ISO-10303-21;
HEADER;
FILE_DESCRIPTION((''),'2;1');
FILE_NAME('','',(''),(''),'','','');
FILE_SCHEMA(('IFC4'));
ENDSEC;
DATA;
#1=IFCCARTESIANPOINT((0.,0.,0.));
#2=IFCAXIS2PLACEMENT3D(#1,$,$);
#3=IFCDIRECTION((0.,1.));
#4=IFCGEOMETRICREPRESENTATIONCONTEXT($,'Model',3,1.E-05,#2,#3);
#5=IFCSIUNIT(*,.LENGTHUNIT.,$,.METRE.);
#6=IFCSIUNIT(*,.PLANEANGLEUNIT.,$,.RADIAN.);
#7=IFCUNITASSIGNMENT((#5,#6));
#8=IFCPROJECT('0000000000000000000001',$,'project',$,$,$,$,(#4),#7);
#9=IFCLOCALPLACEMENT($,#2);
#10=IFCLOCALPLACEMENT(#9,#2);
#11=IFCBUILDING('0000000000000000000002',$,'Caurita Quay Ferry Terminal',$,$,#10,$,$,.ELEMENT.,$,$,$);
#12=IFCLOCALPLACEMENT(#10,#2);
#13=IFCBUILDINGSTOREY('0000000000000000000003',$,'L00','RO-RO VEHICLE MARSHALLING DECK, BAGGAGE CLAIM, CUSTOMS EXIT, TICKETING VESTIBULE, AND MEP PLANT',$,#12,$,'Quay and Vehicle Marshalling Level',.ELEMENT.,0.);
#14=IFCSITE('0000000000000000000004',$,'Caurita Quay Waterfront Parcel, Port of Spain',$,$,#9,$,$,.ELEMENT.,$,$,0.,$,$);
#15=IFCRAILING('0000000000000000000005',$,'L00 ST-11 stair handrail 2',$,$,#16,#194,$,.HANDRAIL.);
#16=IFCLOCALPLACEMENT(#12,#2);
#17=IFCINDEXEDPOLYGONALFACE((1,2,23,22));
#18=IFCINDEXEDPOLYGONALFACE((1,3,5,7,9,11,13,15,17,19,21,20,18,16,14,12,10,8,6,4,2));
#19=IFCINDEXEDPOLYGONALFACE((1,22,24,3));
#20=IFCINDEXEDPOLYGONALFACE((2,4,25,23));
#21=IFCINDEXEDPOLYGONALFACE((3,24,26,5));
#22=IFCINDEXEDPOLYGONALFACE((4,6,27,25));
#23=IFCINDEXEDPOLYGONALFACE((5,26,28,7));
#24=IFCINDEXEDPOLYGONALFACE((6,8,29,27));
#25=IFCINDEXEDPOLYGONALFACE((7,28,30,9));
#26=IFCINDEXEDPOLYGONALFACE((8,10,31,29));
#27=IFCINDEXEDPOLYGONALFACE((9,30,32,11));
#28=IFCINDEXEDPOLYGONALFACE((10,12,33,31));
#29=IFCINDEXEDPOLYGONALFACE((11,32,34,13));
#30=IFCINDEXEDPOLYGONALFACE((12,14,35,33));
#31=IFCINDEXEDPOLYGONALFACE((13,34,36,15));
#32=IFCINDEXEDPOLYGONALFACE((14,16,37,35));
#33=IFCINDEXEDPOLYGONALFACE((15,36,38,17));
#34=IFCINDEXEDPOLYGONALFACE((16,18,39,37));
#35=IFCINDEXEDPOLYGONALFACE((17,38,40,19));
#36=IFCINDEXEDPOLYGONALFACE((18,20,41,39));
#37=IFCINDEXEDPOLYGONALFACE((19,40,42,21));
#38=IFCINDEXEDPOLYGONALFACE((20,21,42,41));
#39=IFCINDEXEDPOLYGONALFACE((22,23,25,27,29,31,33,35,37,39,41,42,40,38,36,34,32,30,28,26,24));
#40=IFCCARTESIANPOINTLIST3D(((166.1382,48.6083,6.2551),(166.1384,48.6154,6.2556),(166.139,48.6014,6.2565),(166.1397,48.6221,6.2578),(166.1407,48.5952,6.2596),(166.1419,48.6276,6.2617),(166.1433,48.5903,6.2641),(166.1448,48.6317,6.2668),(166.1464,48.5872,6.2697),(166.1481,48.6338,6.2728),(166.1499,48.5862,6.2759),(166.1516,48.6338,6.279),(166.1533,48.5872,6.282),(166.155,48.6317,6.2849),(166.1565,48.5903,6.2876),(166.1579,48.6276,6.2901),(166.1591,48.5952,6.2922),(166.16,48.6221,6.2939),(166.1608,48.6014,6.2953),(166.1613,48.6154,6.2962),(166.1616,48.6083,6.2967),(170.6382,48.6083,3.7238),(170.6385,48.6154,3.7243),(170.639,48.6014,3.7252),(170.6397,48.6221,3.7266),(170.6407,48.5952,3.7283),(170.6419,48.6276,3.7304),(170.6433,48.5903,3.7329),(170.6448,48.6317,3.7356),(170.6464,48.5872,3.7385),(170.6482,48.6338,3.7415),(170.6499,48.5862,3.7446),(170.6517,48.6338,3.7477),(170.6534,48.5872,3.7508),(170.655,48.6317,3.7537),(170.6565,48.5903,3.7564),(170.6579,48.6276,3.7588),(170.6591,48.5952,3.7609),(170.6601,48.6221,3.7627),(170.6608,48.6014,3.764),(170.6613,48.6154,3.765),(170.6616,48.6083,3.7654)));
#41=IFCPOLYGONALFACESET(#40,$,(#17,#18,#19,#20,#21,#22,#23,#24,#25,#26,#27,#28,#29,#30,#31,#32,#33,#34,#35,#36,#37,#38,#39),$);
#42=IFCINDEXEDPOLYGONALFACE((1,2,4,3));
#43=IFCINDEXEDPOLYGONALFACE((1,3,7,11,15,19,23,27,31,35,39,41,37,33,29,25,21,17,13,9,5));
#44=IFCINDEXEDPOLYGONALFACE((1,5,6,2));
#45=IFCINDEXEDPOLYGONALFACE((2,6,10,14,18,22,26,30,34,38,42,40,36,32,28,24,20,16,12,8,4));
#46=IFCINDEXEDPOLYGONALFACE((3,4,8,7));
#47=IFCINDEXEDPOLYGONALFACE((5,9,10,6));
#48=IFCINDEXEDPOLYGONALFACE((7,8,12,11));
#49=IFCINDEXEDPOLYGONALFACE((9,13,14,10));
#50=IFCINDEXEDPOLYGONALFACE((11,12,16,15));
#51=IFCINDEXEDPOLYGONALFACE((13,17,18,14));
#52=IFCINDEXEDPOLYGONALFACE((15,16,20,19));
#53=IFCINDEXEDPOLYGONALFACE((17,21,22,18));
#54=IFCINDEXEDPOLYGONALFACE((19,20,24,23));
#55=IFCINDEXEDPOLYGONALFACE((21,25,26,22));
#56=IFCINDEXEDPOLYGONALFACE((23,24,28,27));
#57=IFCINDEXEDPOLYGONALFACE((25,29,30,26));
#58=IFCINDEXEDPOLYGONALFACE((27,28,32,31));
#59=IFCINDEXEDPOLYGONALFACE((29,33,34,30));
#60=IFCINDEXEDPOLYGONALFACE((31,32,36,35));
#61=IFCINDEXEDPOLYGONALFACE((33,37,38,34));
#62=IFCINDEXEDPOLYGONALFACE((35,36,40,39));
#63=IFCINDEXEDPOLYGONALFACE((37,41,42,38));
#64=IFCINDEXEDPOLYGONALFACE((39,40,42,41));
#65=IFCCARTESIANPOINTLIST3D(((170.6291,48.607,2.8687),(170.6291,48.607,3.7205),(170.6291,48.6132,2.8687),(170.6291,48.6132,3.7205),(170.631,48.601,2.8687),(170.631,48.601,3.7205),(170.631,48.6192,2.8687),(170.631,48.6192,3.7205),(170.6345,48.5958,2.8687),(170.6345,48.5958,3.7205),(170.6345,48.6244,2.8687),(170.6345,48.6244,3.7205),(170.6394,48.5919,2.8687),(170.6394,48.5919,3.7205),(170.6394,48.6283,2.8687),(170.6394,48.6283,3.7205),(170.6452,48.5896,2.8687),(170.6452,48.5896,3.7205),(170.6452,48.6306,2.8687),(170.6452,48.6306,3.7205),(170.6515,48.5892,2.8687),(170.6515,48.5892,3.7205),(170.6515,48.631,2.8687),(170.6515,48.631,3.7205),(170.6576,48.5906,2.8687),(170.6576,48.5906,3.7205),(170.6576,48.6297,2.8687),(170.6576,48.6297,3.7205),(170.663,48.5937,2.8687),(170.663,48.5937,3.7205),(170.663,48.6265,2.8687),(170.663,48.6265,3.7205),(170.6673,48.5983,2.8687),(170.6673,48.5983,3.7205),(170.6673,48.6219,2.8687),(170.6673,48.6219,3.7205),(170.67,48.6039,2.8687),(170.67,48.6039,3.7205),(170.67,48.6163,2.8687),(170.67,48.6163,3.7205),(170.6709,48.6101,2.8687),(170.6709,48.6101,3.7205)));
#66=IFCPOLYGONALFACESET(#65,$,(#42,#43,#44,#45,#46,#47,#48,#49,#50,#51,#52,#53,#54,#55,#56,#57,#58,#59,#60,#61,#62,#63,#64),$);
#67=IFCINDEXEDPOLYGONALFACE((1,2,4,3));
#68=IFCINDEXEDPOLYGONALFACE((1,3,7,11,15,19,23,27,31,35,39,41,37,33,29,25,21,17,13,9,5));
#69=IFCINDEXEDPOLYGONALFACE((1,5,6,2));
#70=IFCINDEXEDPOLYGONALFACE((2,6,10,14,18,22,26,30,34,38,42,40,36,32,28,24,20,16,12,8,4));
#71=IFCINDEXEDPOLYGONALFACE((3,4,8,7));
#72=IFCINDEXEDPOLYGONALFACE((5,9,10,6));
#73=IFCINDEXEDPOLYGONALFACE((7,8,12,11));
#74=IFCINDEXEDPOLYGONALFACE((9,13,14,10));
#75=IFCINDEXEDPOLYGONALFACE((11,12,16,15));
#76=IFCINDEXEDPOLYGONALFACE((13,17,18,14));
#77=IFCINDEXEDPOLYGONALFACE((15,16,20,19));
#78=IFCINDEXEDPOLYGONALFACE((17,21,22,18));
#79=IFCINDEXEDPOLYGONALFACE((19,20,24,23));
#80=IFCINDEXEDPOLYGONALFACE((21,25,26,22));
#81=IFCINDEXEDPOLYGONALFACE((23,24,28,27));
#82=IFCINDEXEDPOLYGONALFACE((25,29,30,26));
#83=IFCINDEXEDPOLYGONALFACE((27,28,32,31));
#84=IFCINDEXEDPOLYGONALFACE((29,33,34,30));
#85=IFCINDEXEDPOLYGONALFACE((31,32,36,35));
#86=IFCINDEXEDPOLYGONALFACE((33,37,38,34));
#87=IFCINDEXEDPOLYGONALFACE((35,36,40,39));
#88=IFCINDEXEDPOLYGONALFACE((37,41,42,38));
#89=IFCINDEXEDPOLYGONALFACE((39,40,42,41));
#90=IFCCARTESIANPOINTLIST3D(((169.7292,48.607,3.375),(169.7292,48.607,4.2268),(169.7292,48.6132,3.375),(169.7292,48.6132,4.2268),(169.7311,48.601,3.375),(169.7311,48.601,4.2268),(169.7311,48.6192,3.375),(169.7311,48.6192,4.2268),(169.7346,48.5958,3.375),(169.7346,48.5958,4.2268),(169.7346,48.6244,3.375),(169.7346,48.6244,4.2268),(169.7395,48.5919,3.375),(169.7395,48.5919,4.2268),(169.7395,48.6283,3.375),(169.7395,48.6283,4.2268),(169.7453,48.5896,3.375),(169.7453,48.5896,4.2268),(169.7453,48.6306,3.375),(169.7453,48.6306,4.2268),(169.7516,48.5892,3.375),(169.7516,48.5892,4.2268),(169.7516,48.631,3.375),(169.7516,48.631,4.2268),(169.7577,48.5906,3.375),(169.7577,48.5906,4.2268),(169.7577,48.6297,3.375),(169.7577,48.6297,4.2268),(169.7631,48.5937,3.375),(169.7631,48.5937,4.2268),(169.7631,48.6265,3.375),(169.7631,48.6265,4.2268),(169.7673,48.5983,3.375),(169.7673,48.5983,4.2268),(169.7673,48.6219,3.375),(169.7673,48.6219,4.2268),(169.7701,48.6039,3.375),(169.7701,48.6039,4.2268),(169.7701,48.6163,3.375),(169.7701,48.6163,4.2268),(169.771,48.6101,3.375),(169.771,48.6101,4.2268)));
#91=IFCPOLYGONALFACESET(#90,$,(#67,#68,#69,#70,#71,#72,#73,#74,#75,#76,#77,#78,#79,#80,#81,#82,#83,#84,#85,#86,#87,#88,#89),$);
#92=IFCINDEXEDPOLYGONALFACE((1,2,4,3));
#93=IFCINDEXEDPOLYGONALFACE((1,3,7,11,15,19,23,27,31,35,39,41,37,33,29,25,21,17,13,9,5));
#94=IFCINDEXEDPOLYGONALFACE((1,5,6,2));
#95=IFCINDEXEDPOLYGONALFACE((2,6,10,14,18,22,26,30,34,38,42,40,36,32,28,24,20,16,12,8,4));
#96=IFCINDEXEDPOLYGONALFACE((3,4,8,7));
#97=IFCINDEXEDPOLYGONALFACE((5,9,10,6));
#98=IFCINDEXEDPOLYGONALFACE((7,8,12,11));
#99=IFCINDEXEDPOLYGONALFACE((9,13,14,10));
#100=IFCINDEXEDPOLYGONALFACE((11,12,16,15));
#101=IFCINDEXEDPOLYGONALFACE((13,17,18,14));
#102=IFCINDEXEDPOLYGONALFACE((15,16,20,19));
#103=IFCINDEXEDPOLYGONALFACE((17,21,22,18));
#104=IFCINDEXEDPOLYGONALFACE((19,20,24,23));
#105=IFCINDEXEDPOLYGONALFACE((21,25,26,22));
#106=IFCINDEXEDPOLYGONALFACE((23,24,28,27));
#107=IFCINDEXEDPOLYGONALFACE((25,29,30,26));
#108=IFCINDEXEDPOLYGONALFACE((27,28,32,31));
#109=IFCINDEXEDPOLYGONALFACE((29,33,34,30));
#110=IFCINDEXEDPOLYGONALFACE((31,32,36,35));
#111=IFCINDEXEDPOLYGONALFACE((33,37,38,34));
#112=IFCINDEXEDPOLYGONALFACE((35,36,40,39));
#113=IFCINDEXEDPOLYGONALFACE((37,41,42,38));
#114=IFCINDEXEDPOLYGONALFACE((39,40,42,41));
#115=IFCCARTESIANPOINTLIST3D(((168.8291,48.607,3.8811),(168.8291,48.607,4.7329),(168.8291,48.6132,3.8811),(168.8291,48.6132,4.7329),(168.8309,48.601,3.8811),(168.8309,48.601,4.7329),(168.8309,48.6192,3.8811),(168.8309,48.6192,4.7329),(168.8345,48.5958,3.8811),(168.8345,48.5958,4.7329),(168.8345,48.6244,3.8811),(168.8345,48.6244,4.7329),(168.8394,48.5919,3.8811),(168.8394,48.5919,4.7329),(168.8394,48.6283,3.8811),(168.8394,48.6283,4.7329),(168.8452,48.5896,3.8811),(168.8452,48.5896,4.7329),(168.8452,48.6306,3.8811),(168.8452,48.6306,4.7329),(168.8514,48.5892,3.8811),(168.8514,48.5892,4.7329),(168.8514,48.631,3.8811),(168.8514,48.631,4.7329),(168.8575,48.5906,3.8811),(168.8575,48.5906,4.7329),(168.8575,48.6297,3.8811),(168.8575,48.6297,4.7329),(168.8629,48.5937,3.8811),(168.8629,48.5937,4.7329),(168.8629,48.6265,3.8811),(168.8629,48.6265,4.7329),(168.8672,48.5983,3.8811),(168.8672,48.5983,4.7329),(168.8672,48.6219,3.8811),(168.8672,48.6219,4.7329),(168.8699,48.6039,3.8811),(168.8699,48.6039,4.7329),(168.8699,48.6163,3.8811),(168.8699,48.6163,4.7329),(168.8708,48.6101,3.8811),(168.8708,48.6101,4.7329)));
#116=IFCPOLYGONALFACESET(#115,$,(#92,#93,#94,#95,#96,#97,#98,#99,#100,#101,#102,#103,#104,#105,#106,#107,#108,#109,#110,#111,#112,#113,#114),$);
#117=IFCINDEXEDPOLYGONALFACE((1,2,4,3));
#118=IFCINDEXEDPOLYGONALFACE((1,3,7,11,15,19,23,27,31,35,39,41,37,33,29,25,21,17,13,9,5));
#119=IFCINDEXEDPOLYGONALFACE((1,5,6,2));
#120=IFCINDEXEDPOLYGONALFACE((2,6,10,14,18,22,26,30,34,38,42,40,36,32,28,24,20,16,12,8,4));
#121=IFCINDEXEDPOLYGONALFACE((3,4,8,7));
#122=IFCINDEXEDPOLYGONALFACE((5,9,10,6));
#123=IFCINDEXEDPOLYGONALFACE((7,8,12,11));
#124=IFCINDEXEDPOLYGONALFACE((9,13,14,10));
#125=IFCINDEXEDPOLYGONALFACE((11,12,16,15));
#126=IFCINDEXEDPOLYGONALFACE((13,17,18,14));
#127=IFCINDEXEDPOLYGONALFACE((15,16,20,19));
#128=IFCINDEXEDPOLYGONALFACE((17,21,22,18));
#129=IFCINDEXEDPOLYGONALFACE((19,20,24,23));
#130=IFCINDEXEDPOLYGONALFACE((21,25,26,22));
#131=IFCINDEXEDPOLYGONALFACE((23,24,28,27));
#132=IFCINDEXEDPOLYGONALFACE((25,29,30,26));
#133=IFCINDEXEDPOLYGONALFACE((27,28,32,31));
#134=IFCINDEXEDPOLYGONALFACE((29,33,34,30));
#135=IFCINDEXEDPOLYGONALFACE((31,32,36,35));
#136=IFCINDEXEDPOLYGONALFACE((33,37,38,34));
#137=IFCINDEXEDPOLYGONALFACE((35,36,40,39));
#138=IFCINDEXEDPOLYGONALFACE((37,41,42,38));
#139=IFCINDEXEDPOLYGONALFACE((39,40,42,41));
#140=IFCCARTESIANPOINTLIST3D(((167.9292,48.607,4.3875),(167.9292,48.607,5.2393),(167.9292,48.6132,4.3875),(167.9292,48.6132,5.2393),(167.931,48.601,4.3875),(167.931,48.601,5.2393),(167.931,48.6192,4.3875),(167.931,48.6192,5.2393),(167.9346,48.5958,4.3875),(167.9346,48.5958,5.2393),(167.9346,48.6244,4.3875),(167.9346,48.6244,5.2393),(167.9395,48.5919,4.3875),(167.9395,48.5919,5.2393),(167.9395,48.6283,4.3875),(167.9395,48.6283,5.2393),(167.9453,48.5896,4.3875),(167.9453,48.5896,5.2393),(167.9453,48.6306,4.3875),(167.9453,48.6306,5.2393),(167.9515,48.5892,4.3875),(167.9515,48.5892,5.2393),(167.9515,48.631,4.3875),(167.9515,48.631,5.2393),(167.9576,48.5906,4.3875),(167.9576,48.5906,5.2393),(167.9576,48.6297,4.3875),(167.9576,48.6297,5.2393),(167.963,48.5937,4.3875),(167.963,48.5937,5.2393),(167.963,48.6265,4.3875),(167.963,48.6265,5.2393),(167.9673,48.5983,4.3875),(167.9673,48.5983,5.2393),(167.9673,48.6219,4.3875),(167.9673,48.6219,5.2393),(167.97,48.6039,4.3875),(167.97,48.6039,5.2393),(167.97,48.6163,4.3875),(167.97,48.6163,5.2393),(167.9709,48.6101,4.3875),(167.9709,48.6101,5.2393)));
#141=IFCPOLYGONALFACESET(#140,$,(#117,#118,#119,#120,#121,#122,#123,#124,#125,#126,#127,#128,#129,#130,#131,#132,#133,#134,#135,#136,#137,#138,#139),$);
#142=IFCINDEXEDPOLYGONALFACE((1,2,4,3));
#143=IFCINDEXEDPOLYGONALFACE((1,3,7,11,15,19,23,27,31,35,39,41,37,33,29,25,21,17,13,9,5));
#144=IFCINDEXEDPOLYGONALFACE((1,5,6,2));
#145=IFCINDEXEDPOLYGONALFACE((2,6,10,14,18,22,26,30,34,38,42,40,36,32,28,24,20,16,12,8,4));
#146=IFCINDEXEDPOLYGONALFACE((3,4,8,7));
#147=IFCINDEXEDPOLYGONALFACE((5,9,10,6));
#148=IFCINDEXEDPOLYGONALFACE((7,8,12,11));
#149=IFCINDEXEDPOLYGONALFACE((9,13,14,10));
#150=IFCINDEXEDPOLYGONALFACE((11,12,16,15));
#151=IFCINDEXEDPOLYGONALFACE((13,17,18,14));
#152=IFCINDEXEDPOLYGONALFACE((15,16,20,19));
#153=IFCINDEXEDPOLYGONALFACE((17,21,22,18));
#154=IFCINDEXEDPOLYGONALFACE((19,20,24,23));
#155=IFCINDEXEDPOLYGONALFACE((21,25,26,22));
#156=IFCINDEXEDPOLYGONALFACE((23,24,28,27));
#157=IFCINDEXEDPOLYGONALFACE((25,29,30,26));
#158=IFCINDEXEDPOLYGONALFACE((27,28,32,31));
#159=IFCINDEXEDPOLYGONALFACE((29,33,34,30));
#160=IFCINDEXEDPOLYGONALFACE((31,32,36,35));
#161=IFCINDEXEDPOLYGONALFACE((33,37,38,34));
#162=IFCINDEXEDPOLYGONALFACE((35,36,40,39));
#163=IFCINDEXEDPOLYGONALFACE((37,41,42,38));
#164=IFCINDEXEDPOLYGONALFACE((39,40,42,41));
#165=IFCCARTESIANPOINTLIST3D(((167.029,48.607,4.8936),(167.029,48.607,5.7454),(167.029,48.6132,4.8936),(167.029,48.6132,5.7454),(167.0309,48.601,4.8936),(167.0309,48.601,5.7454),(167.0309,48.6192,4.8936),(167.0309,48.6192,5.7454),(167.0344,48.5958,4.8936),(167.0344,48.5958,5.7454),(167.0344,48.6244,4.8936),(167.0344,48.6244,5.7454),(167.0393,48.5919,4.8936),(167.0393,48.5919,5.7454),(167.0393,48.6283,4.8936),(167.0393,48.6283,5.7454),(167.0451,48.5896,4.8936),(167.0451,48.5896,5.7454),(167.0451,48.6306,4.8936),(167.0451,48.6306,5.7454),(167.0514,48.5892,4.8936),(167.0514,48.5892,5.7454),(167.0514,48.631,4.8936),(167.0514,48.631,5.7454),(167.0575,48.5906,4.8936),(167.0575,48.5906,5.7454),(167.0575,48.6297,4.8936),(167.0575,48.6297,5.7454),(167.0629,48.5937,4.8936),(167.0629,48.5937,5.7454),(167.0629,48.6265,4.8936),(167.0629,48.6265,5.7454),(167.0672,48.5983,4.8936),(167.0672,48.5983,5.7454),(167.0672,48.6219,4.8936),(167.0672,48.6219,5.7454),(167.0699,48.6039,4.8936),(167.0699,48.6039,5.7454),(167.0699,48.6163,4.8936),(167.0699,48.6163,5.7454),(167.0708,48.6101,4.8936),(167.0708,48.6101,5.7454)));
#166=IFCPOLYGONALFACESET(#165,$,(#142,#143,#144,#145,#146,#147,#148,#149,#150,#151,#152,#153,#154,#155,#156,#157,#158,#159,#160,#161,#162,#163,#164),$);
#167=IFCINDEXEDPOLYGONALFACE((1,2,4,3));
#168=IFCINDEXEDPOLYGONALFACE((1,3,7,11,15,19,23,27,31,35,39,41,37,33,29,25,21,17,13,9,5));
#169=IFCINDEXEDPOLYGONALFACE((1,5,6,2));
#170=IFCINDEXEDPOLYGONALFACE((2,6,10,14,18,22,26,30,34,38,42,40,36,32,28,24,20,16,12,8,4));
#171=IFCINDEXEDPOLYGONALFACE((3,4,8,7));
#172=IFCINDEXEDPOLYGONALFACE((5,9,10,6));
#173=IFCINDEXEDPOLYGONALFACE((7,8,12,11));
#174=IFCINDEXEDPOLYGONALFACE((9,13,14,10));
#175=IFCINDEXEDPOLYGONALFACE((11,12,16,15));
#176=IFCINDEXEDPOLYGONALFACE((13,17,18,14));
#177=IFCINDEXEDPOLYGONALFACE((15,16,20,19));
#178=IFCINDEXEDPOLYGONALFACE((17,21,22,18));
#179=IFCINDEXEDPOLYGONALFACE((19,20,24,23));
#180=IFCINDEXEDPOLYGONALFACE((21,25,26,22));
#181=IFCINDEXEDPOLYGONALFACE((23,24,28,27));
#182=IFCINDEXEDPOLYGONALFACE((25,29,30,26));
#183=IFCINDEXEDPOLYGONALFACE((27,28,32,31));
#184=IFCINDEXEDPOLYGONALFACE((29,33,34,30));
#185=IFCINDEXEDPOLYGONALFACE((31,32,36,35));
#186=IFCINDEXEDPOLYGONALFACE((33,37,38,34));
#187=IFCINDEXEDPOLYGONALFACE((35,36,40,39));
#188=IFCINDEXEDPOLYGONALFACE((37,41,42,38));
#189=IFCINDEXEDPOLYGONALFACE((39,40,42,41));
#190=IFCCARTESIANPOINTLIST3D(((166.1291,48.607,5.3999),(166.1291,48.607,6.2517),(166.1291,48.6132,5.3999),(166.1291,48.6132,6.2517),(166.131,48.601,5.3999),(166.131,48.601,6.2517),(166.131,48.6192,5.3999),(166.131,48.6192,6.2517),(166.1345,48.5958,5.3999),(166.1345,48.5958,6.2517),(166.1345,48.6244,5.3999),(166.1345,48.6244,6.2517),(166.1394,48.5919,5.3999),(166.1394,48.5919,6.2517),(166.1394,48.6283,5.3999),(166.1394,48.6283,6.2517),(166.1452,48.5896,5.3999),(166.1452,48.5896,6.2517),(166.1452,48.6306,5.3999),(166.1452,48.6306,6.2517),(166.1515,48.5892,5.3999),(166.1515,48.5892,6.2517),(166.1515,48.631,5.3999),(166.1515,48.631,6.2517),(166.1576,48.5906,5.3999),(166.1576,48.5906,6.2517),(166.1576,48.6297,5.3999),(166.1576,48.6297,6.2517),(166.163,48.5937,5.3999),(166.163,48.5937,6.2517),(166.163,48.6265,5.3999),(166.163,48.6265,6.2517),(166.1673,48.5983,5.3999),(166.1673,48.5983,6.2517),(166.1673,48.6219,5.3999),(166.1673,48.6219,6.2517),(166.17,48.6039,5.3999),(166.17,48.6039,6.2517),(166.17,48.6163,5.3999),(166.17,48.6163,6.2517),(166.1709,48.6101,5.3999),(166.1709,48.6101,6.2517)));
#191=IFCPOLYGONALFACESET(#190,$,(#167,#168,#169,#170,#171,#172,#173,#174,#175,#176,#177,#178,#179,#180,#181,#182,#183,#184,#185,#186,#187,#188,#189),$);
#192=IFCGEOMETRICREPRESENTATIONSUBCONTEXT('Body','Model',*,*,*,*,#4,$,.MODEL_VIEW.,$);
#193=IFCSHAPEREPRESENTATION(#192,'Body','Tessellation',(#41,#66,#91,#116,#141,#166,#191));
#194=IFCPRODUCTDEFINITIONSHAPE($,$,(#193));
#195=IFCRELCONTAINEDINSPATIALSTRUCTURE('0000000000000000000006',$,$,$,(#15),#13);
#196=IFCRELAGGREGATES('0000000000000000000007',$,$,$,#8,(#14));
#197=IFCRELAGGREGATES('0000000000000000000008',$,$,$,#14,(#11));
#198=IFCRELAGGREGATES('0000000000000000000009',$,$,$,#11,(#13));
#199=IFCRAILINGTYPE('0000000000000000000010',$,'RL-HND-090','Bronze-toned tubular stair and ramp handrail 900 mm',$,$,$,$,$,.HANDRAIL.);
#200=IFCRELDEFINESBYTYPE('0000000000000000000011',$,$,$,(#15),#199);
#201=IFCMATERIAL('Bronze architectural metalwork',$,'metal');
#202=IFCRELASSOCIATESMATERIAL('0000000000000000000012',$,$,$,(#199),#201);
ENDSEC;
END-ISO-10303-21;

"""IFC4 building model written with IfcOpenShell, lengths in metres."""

from ifc_helpers import new_model, si_unit, direction, frame, origin, origin_2d, place, context, subcontext, project, spatial, circle, extrude, material, type_object, element, save


model = new_model("IFC4")

# Units and contexts
model_context = context("Model", 3, precision=1e-05, world=origin(), true_north=direction((0.0, 1.0)))
body_context = subcontext(model_context, "Body", "Model", "MODEL_VIEW")
ifc_project = project(units=[si_unit("LENGTHUNIT", "METRE"), si_unit("PLANEANGLEUNIT", "RADIAN")], contexts=[model_context])

# Site, building, storey
site_placement = place(None, origin())
site = spatial("IfcSite", under=ifc_project, at=site_placement, Name="Caurita Quay Waterfront Parcel, Port of Spain", CompositionType="ELEMENT", RefElevation=0.0)
building_placement = place(site_placement, origin())
building = spatial("IfcBuilding", under=site, at=building_placement, Name="Caurita Quay Ferry Terminal", CompositionType="ELEMENT")
storey_placement = place(building_placement, origin())
storey = spatial("IfcBuildingStorey", under=building, at=storey_placement, Name="L00", Description="RO-RO VEHICLE MARSHALLING DECK, BAGGAGE CLAIM, CUSTOMS EXIT, TICKETING VESTIBULE, AND MEP PLANT", LongName="Quay and Vehicle Marshalling Level", CompositionType="ELEMENT", Elevation=0.0)

# Railing
ifc_material_1 = material(Name="Bronze architectural metalwork", Category="metal")
railing_type_1 = type_object("IfcRailingType", Name="RL-HND-090", Description="Bronze-toned tubular stair and ramp handrail 900 mm", PredefinedType="HANDRAIL", material=ifc_material_1)
railing_1_placement = place(storey_placement, frame((170.6499, 48.6101, 2.8687)))
element("IfcRailing", 1, at=railing_1_placement, inside=storey, type_object=railing_type_1, Name="L00 ST-11 stair handrail 2", PredefinedType="HANDRAIL", context=body_context, shape_type="SweptSolid", body=[
    extrude(circle(Radius=0.0239, at=origin_2d()), frame((0.0, 0.0, 0.876), z_axis=(-0.871576, 0.0, 0.490261), x_axis=(0.0, -1.0, 0.0)), (0.0, 0.0, 1.0), 5.1631),
    extrude(circle(Radius=0.021, at=origin_2d()), origin(), (0.0, 0.0, 1.0), 0.8518),
    extrude(circle(Radius=0.021, at=origin_2d()), frame((-0.8999, 0.0, 0.5063)), (0.0, 0.0, 1.0), 0.8518),
    extrude(circle(Radius=0.021, at=origin_2d()), frame((-1.8, 0.0, 1.0125)), (0.0, 0.0, 1.0), 0.8518),
    extrude(circle(Radius=0.021, at=origin_2d()), frame((-2.7, 0.0, 1.5188)), (0.0, 0.0, 1.0), 0.8518),
    extrude(circle(Radius=0.021, at=origin_2d()), frame((-3.6001, 0.0, 2.0249)), (0.0, 0.0, 1.0), 0.8518),
    extrude(circle(Radius=0.021, at=origin_2d()), frame((-4.5, 0.0, 2.5312)), (0.0, 0.0, 1.0), 0.8518),
])

save(model, "model.ifc")
